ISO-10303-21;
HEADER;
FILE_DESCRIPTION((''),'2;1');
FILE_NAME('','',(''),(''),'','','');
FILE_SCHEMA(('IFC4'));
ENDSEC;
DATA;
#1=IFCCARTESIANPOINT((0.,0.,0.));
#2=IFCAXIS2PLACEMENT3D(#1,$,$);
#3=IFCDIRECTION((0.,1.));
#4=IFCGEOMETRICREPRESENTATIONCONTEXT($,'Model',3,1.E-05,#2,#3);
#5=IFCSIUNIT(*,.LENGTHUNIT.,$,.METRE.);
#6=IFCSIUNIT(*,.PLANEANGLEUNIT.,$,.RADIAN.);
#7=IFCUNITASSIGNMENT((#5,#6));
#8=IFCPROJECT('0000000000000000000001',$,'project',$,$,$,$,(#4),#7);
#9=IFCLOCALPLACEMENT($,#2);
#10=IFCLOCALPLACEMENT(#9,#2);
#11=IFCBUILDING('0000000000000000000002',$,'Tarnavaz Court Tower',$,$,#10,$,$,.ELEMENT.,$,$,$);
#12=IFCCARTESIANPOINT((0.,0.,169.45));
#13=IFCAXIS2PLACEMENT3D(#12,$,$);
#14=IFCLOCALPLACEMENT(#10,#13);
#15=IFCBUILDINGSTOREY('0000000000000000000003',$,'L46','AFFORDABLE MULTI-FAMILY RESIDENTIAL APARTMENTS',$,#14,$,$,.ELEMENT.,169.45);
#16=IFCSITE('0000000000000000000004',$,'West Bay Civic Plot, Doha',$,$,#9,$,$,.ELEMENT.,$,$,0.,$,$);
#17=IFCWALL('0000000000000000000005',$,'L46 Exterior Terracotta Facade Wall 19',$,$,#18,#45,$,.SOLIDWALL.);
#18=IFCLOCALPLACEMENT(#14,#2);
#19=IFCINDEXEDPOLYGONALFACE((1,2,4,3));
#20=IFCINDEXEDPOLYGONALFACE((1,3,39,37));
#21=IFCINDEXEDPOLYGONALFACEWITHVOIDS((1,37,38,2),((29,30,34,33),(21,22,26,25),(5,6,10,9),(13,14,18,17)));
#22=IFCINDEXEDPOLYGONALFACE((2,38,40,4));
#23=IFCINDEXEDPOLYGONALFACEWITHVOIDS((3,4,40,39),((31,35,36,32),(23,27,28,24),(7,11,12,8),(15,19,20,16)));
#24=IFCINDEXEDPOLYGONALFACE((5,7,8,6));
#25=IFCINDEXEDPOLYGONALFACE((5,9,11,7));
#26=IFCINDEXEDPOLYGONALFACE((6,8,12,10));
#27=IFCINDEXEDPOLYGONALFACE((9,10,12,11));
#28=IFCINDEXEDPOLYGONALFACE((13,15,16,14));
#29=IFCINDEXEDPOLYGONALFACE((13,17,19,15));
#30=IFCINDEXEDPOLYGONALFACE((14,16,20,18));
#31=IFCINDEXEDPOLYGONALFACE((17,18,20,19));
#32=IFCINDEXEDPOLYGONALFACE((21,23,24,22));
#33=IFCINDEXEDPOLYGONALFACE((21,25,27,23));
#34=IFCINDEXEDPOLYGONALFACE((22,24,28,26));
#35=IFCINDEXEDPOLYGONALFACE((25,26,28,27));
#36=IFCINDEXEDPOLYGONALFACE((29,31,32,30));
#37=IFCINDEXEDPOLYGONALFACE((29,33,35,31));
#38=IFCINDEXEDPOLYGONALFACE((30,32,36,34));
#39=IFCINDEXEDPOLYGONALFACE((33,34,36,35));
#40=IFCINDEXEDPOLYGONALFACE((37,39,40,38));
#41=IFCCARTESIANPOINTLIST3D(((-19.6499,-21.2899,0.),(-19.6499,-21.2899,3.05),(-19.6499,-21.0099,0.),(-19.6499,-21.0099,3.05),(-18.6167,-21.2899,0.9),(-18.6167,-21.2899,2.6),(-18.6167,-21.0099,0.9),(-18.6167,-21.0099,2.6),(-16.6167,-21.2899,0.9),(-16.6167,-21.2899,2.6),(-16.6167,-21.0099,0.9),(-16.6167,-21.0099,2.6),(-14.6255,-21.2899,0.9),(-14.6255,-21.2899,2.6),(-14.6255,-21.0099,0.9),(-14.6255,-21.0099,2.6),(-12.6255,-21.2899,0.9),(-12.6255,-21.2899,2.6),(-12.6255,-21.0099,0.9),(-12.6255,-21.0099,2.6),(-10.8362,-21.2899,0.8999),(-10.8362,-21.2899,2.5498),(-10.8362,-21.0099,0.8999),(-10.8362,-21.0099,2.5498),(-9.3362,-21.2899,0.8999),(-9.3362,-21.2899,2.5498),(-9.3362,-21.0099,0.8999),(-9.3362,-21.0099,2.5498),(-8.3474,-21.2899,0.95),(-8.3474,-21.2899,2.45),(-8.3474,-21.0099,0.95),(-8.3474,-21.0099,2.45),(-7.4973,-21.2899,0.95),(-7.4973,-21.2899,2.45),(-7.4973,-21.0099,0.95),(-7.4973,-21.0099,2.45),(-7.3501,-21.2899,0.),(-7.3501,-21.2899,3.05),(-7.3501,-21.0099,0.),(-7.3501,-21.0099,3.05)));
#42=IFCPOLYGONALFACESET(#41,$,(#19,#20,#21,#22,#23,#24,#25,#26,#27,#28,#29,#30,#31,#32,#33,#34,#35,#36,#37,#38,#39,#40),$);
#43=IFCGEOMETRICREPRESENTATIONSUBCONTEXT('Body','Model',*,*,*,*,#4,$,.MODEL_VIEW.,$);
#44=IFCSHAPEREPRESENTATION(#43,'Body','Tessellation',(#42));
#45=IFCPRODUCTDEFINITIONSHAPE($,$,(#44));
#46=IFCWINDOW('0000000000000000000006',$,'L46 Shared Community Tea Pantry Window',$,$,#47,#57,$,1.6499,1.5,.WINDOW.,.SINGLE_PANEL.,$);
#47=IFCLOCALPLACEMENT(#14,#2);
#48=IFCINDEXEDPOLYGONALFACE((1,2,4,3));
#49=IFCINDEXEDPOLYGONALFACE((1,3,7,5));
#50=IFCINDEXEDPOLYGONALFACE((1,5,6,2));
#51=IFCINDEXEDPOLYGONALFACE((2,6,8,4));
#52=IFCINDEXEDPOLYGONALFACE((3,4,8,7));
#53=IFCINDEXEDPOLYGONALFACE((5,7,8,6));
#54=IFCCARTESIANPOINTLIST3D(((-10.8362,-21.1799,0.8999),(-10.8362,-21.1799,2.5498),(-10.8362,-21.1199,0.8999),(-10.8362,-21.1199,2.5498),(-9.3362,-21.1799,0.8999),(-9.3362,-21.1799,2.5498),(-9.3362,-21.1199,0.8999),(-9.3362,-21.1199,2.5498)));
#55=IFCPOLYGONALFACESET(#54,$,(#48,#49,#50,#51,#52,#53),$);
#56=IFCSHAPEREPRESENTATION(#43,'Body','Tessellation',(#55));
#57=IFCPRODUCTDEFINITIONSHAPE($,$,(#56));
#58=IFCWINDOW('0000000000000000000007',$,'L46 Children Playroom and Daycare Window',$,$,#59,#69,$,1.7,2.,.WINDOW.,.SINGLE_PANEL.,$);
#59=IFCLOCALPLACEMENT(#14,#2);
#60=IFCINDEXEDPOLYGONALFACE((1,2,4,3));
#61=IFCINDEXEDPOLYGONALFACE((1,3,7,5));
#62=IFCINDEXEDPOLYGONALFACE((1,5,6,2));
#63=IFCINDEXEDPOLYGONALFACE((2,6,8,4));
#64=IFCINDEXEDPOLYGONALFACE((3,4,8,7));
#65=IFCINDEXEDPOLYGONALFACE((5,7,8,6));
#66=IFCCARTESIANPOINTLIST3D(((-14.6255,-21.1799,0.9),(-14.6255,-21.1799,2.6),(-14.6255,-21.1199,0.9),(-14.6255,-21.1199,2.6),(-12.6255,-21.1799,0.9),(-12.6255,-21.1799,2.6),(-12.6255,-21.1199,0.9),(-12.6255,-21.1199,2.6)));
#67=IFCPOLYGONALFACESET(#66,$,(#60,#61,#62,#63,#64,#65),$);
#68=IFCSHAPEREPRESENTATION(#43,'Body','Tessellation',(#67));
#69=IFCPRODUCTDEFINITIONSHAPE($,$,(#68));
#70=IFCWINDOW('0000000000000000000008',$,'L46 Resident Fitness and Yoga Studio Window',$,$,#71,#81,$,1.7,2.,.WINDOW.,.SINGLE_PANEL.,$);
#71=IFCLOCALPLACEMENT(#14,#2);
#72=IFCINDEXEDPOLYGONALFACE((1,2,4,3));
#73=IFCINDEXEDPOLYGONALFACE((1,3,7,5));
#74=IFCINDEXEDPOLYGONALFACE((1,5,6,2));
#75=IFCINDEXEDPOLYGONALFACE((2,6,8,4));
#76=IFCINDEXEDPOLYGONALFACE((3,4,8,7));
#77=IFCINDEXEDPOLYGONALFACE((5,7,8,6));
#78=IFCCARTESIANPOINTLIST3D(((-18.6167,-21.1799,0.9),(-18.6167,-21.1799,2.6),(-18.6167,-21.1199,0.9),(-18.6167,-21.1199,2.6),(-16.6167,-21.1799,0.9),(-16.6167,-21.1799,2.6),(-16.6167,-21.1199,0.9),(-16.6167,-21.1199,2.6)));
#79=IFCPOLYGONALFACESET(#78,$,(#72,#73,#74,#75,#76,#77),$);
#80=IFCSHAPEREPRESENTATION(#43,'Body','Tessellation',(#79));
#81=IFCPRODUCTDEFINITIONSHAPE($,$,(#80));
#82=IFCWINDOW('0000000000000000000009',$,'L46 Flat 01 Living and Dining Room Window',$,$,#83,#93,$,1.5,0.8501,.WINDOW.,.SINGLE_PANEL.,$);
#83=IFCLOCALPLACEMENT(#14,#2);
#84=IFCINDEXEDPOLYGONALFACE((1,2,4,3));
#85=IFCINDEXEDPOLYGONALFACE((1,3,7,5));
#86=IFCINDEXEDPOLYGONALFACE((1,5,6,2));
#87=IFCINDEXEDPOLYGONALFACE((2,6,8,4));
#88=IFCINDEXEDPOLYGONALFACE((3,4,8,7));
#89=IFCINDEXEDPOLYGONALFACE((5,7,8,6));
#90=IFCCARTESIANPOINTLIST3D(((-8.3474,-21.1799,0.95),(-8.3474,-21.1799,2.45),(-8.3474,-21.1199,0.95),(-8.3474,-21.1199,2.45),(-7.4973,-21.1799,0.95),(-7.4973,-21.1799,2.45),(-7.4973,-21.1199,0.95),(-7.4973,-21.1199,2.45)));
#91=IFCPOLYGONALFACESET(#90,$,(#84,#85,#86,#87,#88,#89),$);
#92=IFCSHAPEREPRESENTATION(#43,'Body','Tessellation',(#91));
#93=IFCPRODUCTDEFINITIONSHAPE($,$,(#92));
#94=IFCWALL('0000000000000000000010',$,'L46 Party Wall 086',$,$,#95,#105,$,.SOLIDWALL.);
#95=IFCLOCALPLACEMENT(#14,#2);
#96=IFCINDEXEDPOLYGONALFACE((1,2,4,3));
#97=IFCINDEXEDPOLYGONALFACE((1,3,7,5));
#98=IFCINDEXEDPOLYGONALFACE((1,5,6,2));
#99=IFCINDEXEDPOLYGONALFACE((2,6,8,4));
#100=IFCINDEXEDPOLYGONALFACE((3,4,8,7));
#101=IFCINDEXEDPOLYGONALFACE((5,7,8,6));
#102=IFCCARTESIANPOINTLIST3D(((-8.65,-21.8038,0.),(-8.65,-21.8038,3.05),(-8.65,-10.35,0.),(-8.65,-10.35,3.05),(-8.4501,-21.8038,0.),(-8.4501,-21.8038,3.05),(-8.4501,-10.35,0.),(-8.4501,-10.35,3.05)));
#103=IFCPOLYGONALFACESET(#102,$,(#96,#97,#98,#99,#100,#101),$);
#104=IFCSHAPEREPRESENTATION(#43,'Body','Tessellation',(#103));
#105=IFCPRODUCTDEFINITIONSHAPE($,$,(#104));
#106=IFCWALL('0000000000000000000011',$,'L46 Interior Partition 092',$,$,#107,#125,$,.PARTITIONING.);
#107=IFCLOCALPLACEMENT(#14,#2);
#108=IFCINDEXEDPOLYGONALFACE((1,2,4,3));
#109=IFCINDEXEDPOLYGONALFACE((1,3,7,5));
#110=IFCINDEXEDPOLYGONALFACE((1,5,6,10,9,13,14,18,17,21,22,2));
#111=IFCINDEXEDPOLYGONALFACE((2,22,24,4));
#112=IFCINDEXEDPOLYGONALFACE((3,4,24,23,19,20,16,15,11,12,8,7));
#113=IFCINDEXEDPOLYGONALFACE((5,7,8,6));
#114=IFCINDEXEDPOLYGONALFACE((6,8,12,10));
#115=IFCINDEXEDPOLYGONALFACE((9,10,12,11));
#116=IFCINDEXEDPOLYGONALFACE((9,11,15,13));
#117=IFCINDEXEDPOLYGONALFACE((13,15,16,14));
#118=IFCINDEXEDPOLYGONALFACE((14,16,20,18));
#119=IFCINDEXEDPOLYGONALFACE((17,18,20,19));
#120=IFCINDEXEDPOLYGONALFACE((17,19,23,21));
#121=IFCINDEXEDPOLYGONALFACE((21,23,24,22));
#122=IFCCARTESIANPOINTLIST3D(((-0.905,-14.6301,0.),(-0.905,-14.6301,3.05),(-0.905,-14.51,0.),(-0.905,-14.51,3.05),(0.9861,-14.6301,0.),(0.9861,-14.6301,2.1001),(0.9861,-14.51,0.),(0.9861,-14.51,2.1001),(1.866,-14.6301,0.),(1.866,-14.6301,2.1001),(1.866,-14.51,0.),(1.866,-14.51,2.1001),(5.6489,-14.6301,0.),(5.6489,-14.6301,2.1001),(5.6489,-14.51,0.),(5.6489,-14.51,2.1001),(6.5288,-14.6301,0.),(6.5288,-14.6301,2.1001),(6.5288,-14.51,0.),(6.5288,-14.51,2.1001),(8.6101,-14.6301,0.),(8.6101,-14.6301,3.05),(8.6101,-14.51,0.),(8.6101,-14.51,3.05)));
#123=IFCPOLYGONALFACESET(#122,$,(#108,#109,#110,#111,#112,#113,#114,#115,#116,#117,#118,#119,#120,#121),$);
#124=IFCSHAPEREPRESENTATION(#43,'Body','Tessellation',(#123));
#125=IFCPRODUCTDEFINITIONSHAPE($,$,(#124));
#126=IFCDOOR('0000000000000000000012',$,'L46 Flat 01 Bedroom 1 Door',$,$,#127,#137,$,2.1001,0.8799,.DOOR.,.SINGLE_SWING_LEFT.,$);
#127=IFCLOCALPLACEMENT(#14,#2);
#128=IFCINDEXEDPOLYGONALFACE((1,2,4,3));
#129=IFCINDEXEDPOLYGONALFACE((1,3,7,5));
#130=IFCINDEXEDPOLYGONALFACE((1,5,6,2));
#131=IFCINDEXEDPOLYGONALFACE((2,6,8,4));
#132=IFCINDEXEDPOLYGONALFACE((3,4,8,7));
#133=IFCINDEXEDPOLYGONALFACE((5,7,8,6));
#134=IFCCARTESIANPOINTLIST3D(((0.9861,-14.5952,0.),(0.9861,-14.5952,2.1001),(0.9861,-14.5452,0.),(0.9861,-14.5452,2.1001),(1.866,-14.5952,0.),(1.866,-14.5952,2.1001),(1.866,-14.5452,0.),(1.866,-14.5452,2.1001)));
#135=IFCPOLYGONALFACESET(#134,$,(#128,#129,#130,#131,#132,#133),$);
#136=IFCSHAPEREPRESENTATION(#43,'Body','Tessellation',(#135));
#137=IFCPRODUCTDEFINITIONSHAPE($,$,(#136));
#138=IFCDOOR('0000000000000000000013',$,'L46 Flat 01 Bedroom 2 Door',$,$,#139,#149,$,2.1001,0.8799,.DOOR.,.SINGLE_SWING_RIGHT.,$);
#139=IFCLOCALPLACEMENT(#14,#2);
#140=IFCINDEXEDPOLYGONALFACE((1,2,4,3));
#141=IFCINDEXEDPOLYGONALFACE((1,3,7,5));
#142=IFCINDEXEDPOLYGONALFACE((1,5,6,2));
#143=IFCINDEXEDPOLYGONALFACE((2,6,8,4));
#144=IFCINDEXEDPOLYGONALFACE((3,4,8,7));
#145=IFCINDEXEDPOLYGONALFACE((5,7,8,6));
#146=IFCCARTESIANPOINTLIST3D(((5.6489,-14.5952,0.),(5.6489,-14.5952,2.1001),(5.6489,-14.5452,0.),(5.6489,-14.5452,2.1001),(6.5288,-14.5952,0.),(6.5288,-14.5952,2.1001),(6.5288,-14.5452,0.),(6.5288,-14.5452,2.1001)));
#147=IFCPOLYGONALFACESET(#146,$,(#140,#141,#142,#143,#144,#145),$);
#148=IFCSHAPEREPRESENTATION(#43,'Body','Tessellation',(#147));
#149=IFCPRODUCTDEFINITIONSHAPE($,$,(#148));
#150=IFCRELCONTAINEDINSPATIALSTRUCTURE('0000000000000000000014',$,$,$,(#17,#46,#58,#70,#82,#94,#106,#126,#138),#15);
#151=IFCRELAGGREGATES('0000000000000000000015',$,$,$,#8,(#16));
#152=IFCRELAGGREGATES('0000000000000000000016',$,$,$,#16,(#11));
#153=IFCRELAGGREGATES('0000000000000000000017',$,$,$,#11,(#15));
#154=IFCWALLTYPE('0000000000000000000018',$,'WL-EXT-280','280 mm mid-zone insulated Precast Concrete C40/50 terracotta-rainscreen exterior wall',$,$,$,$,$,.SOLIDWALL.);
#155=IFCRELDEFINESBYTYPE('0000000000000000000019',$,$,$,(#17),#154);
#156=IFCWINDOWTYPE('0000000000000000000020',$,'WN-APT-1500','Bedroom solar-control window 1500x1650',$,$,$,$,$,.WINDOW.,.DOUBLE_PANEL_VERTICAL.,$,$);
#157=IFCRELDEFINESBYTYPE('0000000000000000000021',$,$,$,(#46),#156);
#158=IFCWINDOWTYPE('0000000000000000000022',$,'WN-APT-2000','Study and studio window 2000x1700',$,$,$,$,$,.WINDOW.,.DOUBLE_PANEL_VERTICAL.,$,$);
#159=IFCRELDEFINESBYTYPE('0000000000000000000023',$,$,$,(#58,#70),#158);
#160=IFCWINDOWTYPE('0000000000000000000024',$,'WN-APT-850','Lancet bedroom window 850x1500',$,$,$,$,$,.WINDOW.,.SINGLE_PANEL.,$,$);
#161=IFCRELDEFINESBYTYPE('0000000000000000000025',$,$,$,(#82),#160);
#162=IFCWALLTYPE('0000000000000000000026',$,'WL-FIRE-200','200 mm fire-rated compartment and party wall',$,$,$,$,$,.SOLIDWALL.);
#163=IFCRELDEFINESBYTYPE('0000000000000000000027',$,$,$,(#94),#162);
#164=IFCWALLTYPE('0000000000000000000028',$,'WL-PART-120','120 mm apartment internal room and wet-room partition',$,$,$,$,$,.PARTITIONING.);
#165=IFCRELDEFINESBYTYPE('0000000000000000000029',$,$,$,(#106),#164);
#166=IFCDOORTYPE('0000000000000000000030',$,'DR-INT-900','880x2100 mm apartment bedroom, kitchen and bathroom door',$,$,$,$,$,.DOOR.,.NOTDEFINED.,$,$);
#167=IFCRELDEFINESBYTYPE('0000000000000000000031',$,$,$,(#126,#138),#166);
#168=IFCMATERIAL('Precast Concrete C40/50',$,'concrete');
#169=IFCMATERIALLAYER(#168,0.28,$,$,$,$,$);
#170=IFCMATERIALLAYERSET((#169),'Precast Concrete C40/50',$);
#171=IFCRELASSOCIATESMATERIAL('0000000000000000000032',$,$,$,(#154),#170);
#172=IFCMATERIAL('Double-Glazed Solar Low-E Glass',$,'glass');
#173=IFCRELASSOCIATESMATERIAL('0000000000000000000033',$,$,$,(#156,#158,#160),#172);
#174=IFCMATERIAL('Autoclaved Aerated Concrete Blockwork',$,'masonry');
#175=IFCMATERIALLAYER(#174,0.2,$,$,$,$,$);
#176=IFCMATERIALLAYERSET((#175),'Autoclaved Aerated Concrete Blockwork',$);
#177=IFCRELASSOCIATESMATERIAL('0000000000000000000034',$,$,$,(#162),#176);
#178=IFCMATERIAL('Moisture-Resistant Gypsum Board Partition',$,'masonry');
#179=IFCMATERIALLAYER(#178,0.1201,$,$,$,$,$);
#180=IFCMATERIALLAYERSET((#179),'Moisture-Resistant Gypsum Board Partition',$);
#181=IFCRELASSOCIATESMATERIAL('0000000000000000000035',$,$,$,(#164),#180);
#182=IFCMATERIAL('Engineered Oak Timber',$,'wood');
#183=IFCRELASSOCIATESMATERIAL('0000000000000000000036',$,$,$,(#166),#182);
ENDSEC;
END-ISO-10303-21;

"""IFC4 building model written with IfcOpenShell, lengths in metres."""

from ifc_helpers import new_model, si_unit, direction, frame, frame_2d, origin, place, context, subcontext, project, spatial, rectangle, extrude, material, layer, layer_set, type_object, element, fill, save


model = new_model("IFC4")

# Units and contexts
model_context = context("Model", 3, precision=1e-05, world=origin(), true_north=direction((0.0, 1.0)))
body_context = subcontext(model_context, "Body", "Model", "MODEL_VIEW")
ifc_project = project(units=[si_unit("LENGTHUNIT", "METRE"), si_unit("PLANEANGLEUNIT", "RADIAN")], contexts=[model_context])

# Site, building, storey
site_placement = place(None, origin())
site = spatial("IfcSite", under=ifc_project, at=site_placement, Name="West Bay Civic Plot, Doha", CompositionType="ELEMENT", RefElevation=0.0)
building_placement = place(site_placement, origin())
building = spatial("IfcBuilding", under=site, at=building_placement, Name="Tarnavaz Court Tower", CompositionType="ELEMENT")
storey_placement = place(building_placement, frame((0.0, 0.0, 169.45)))
storey = spatial("IfcBuildingStorey", under=building, at=storey_placement, Name="L46", Description="AFFORDABLE MULTI-FAMILY RESIDENTIAL APARTMENTS", CompositionType="ELEMENT", Elevation=169.45)

# Shared definitions
ifc_material_1 = material(Name="Double-Glazed Solar Low-E Glass", Category="glass")

# Shared definitions
ifc_material_2 = material(Name="Precast Concrete C40/50", Category="concrete")
ifc_layer_1 = layer(ifc_material_2, 0.28)
ifc_layer_set_1 = layer_set([ifc_layer_1], Name="Precast Concrete C40/50")
wall_type_1 = type_object("IfcWallType", Name="WL-EXT-280", Description="280 mm mid-zone insulated Precast Concrete C40/50 terracotta-rainscreen exterior wall", PredefinedType="SOLIDWALL", material=ifc_layer_set_1)

# Wall, openings, windows
wall_1_placement = place(storey_placement, frame((-7.3501, -21.1499, 0.0), z_axis=(0.0, 0.0, 1.0), x_axis=(-1.0, 0.0, 0.0)))
wall_1 = element("IfcWall", 1, at=wall_1_placement, inside=storey, type_object=wall_type_1, Name="L46 Exterior Terracotta Facade Wall 19", PredefinedType="SOLIDWALL", context=body_context, shape_type="SweptSolid", body=[
    extrude(rectangle(XDim=12.2998, YDim=0.28, at=frame_2d((6.1499, 0.0))), origin(), (0.0, 0.0, 1.0), 3.05),
])
opening_1_placement = place(wall_1_placement, frame((0.1472, 0.0, 0.95)))
opening_1 = element("IfcOpeningElement", 2, at=opening_1_placement, cuts=wall_1, PredefinedType="OPENING", context=body_context, shape_type="SweptSolid", body=[
    extrude(rectangle(XDim=0.8501, YDim=1.5, at=frame_2d((0.425, 0.75))), frame((0.0, 0.1499, 0.0), z_axis=(0.0, -1.0, 0.0), x_axis=(1.0, 0.0, 0.0)), (0.0, 0.0, 1.0), 0.3),
])
opening_2_placement = place(wall_1_placement, frame((1.9861, 0.0, 0.8999)))
opening_2 = element("IfcOpeningElement", 3, at=opening_2_placement, cuts=wall_1, PredefinedType="OPENING", context=body_context, shape_type="SweptSolid", body=[
    extrude(rectangle(XDim=1.5, YDim=1.6499, at=frame_2d((0.75, 0.825))), frame((0.0, 0.1499, 0.0), z_axis=(0.0, -1.0, 0.0), x_axis=(1.0, 0.0, 0.0)), (0.0, 0.0, 1.0), 0.3),
])
opening_3_placement = place(wall_1_placement, frame((5.2754, 0.0, 0.8999)))
opening_3 = element("IfcOpeningElement", 4, at=opening_3_placement, cuts=wall_1, PredefinedType="OPENING", context=body_context, shape_type="SweptSolid", body=[
    extrude(rectangle(XDim=2.0, YDim=1.7, at=frame_2d((1.0, 0.8501))), frame((0.0, 0.1499, 0.0), z_axis=(0.0, -1.0, 0.0), x_axis=(1.0, 0.0, 0.0)), (0.0, 0.0, 1.0), 0.3),
])
opening_4_placement = place(wall_1_placement, frame((9.2666, 0.0, 0.8999)))
opening_4 = element("IfcOpeningElement", 5, at=opening_4_placement, cuts=wall_1, PredefinedType="OPENING", context=body_context, shape_type="SweptSolid", body=[
    extrude(rectangle(XDim=2.0, YDim=1.7, at=frame_2d((1.0, 0.8501))), frame((0.0, 0.1499, 0.0), z_axis=(0.0, -1.0, 0.0), x_axis=(1.0, 0.0, 0.0)), (0.0, 0.0, 1.0), 0.3),
])
window_type_1 = type_object("IfcWindowType", Name="WN-APT-1500", Description="Bedroom solar-control window 1500x1650", PartitioningType="DOUBLE_PANEL_VERTICAL", PredefinedType="WINDOW", material=ifc_material_1)
window_1_placement = place(opening_2_placement, origin())
window_1 = element("IfcWindow", 6, at=window_1_placement, inside=storey, type_object=window_type_1, Name="L46 Shared Community Tea Pantry Window", OverallHeight=1.6499, OverallWidth=1.5, PartitioningType="SINGLE_PANEL", PredefinedType="WINDOW", context=body_context, shape_type="SweptSolid", body=[
    extrude(rectangle(XDim=1.5, YDim=1.6499, at=frame_2d((0.75, 0.825))), frame((0.0, 0.03, 0.0), z_axis=(0.0, -1.0, 0.0), x_axis=(1.0, 0.0, 0.0)), (0.0, 0.0, 1.0), 0.0601),
])
fill(opening_2, window_1)
window_type_2 = type_object("IfcWindowType", Name="WN-APT-2000", Description="Study and studio window 2000x1700", PartitioningType="DOUBLE_PANEL_VERTICAL", PredefinedType="WINDOW", material=ifc_material_1)
window_2_placement = place(opening_3_placement, origin())
window_2 = element("IfcWindow", 7, at=window_2_placement, inside=storey, type_object=window_type_2, Name="L46 Children Playroom and Daycare Window", OverallHeight=1.7, OverallWidth=2.0, PartitioningType="SINGLE_PANEL", PredefinedType="WINDOW", context=body_context, shape_type="SweptSolid", body=[
    extrude(rectangle(XDim=2.0, YDim=1.7, at=frame_2d((1.0, 0.8501))), frame((0.0, 0.03, 0.0), z_axis=(0.0, -1.0, 0.0), x_axis=(1.0, 0.0, 0.0)), (0.0, 0.0, 1.0), 0.0601),
])
fill(opening_3, window_2)
window_3_placement = place(opening_4_placement, origin())
window_3 = element("IfcWindow", 8, at=window_3_placement, inside=storey, type_object=window_type_2, Name="L46 Resident Fitness and Yoga Studio Window", OverallHeight=1.7, OverallWidth=2.0, PartitioningType="SINGLE_PANEL", PredefinedType="WINDOW", context=body_context, shape_type="SweptSolid", body=[
    extrude(rectangle(XDim=2.0, YDim=1.7, at=frame_2d((1.0, 0.8501))), frame((0.0, 0.03, 0.0), z_axis=(0.0, -1.0, 0.0), x_axis=(1.0, 0.0, 0.0)), (0.0, 0.0, 1.0), 0.0601),
])
fill(opening_4, window_3)
window_type_3 = type_object("IfcWindowType", Name="WN-APT-850", Description="Lancet bedroom window 850x1500", PartitioningType="SINGLE_PANEL", PredefinedType="WINDOW", material=ifc_material_1)
window_4_placement = place(opening_1_placement, origin())
window_4 = element("IfcWindow", 9, at=window_4_placement, inside=storey, type_object=window_type_3, Name="L46 Flat 01 Living and Dining Room Window", OverallHeight=1.5, OverallWidth=0.8501, PartitioningType="SINGLE_PANEL", PredefinedType="WINDOW", context=body_context, shape_type="SweptSolid", body=[
    extrude(rectangle(XDim=0.8501, YDim=1.5, at=frame_2d((0.425, 0.75))), frame((0.0, 0.03, 0.0), z_axis=(0.0, -1.0, 0.0), x_axis=(1.0, 0.0, 0.0)), (0.0, 0.0, 1.0), 0.0601),
])
fill(opening_1, window_4)

# Wall
ifc_material_3 = material(Name="Autoclaved Aerated Concrete Blockwork", Category="masonry")
ifc_layer_2 = layer(ifc_material_3, 0.2)
ifc_layer_set_2 = layer_set([ifc_layer_2], Name="Autoclaved Aerated Concrete Blockwork")
wall_type_2 = type_object("IfcWallType", Name="WL-FIRE-200", Description="200 mm fire-rated compartment and party wall", PredefinedType="SOLIDWALL", material=ifc_layer_set_2)
wall_2_placement = place(storey_placement, frame((-8.55, -21.804, 0.0), z_axis=(0.0, 0.0, 1.0), x_axis=(0.0, 1.0, 0.0)))
element("IfcWall", 10, at=wall_2_placement, inside=storey, type_object=wall_type_2, Name="L46 Party Wall 086", PredefinedType="SOLIDWALL", context=body_context, shape_type="SweptSolid", body=[
    extrude(rectangle(XDim=11.4539, YDim=0.2, at=frame_2d((5.7271, 0.0))), origin(), (0.0, 0.0, 1.0), 3.05),
])

# Wall, openings, doors
ifc_material_4 = material(Name="Moisture-Resistant Gypsum Board Partition", Category="masonry")
ifc_layer_3 = layer(ifc_material_4, 0.1201)
ifc_layer_set_3 = layer_set([ifc_layer_3], Name="Moisture-Resistant Gypsum Board Partition")
wall_type_3 = type_object("IfcWallType", Name="WL-PART-120", Description="120 mm apartment internal room and wet-room partition", PredefinedType="PARTITIONING", material=ifc_layer_set_3)
wall_3_placement = place(storey_placement, frame((-0.905, -14.5701, 0.0), z_axis=(0.0, 0.0, 1.0), x_axis=(1.0, 0.0, 0.0)))
wall_3 = element("IfcWall", 11, at=wall_3_placement, inside=storey, type_object=wall_type_3, Name="L46 Interior Partition 092", PredefinedType="PARTITIONING", context=body_context, shape_type="SweptSolid", body=[
    extrude(rectangle(XDim=9.5151, YDim=0.1201, at=frame_2d((4.7576, 0.0))), origin(), (0.0, 0.0, 1.0), 3.05),
])
opening_5_placement = place(wall_3_placement, frame((1.8911, 0.0, 0.0)))
opening_5 = element("IfcOpeningElement", 12, at=opening_5_placement, cuts=wall_3, PredefinedType="OPENING", context=body_context, shape_type="SweptSolid", body=[
    extrude(rectangle(XDim=0.8799, YDim=2.1001, at=frame_2d((0.4399, 1.05))), frame((0.0, 0.0701, 0.0), z_axis=(0.0, -1.0, 0.0), x_axis=(1.0, 0.0, 0.0)), (0.0, 0.0, 1.0), 0.1401),
])
opening_6_placement = place(wall_3_placement, frame((6.554, 0.0, 0.0)))
opening_6 = element("IfcOpeningElement", 13, at=opening_6_placement, cuts=wall_3, PredefinedType="OPENING", context=body_context, shape_type="SweptSolid", body=[
    extrude(rectangle(XDim=0.8799, YDim=2.1001, at=frame_2d((0.4399, 1.05))), frame((0.0, 0.0701, 0.0), z_axis=(0.0, -1.0, 0.0), x_axis=(1.0, 0.0, 0.0)), (0.0, 0.0, 1.0), 0.1401),
])
ifc_material_5 = material(Name="Engineered Oak Timber", Category="wood")
door_type = type_object("IfcDoorType", Name="DR-INT-900", Description="880x2100 mm apartment bedroom, kitchen and bathroom door", OperationType="NOTDEFINED", PredefinedType="DOOR", material=ifc_material_5)
door_1_placement = place(opening_5_placement, origin())
door_1 = element("IfcDoor", 14, at=door_1_placement, inside=storey, type_object=door_type, Name="L46 Flat 01 Bedroom 1 Door", OperationType="SINGLE_SWING_LEFT", OverallHeight=2.1001, OverallWidth=0.8799, PredefinedType="DOOR", context=body_context, shape_type="SweptSolid", body=[
    extrude(rectangle(XDim=0.8799, YDim=2.1001, at=frame_2d((0.4399, 1.05))), frame((0.0, 0.0249, 0.0), z_axis=(0.0, -1.0, 0.0), x_axis=(1.0, 0.0, 0.0)), (0.0, 0.0, 1.0), 0.05),
])
fill(opening_5, door_1)
door_2_placement = place(opening_6_placement, origin())
door_2 = element("IfcDoor", 15, at=door_2_placement, inside=storey, type_object=door_type, Name="L46 Flat 01 Bedroom 2 Door", OperationType="SINGLE_SWING_RIGHT", OverallHeight=2.1001, OverallWidth=0.8799, PredefinedType="DOOR", context=body_context, shape_type="SweptSolid", body=[
    extrude(rectangle(XDim=0.8799, YDim=2.1001, at=frame_2d((0.4399, 1.05))), frame((0.0, 0.0249, 0.0), z_axis=(0.0, -1.0, 0.0), x_axis=(1.0, 0.0, 0.0)), (0.0, 0.0, 1.0), 0.05),
])
fill(opening_6, door_2)

save(model, "model.ifc")
